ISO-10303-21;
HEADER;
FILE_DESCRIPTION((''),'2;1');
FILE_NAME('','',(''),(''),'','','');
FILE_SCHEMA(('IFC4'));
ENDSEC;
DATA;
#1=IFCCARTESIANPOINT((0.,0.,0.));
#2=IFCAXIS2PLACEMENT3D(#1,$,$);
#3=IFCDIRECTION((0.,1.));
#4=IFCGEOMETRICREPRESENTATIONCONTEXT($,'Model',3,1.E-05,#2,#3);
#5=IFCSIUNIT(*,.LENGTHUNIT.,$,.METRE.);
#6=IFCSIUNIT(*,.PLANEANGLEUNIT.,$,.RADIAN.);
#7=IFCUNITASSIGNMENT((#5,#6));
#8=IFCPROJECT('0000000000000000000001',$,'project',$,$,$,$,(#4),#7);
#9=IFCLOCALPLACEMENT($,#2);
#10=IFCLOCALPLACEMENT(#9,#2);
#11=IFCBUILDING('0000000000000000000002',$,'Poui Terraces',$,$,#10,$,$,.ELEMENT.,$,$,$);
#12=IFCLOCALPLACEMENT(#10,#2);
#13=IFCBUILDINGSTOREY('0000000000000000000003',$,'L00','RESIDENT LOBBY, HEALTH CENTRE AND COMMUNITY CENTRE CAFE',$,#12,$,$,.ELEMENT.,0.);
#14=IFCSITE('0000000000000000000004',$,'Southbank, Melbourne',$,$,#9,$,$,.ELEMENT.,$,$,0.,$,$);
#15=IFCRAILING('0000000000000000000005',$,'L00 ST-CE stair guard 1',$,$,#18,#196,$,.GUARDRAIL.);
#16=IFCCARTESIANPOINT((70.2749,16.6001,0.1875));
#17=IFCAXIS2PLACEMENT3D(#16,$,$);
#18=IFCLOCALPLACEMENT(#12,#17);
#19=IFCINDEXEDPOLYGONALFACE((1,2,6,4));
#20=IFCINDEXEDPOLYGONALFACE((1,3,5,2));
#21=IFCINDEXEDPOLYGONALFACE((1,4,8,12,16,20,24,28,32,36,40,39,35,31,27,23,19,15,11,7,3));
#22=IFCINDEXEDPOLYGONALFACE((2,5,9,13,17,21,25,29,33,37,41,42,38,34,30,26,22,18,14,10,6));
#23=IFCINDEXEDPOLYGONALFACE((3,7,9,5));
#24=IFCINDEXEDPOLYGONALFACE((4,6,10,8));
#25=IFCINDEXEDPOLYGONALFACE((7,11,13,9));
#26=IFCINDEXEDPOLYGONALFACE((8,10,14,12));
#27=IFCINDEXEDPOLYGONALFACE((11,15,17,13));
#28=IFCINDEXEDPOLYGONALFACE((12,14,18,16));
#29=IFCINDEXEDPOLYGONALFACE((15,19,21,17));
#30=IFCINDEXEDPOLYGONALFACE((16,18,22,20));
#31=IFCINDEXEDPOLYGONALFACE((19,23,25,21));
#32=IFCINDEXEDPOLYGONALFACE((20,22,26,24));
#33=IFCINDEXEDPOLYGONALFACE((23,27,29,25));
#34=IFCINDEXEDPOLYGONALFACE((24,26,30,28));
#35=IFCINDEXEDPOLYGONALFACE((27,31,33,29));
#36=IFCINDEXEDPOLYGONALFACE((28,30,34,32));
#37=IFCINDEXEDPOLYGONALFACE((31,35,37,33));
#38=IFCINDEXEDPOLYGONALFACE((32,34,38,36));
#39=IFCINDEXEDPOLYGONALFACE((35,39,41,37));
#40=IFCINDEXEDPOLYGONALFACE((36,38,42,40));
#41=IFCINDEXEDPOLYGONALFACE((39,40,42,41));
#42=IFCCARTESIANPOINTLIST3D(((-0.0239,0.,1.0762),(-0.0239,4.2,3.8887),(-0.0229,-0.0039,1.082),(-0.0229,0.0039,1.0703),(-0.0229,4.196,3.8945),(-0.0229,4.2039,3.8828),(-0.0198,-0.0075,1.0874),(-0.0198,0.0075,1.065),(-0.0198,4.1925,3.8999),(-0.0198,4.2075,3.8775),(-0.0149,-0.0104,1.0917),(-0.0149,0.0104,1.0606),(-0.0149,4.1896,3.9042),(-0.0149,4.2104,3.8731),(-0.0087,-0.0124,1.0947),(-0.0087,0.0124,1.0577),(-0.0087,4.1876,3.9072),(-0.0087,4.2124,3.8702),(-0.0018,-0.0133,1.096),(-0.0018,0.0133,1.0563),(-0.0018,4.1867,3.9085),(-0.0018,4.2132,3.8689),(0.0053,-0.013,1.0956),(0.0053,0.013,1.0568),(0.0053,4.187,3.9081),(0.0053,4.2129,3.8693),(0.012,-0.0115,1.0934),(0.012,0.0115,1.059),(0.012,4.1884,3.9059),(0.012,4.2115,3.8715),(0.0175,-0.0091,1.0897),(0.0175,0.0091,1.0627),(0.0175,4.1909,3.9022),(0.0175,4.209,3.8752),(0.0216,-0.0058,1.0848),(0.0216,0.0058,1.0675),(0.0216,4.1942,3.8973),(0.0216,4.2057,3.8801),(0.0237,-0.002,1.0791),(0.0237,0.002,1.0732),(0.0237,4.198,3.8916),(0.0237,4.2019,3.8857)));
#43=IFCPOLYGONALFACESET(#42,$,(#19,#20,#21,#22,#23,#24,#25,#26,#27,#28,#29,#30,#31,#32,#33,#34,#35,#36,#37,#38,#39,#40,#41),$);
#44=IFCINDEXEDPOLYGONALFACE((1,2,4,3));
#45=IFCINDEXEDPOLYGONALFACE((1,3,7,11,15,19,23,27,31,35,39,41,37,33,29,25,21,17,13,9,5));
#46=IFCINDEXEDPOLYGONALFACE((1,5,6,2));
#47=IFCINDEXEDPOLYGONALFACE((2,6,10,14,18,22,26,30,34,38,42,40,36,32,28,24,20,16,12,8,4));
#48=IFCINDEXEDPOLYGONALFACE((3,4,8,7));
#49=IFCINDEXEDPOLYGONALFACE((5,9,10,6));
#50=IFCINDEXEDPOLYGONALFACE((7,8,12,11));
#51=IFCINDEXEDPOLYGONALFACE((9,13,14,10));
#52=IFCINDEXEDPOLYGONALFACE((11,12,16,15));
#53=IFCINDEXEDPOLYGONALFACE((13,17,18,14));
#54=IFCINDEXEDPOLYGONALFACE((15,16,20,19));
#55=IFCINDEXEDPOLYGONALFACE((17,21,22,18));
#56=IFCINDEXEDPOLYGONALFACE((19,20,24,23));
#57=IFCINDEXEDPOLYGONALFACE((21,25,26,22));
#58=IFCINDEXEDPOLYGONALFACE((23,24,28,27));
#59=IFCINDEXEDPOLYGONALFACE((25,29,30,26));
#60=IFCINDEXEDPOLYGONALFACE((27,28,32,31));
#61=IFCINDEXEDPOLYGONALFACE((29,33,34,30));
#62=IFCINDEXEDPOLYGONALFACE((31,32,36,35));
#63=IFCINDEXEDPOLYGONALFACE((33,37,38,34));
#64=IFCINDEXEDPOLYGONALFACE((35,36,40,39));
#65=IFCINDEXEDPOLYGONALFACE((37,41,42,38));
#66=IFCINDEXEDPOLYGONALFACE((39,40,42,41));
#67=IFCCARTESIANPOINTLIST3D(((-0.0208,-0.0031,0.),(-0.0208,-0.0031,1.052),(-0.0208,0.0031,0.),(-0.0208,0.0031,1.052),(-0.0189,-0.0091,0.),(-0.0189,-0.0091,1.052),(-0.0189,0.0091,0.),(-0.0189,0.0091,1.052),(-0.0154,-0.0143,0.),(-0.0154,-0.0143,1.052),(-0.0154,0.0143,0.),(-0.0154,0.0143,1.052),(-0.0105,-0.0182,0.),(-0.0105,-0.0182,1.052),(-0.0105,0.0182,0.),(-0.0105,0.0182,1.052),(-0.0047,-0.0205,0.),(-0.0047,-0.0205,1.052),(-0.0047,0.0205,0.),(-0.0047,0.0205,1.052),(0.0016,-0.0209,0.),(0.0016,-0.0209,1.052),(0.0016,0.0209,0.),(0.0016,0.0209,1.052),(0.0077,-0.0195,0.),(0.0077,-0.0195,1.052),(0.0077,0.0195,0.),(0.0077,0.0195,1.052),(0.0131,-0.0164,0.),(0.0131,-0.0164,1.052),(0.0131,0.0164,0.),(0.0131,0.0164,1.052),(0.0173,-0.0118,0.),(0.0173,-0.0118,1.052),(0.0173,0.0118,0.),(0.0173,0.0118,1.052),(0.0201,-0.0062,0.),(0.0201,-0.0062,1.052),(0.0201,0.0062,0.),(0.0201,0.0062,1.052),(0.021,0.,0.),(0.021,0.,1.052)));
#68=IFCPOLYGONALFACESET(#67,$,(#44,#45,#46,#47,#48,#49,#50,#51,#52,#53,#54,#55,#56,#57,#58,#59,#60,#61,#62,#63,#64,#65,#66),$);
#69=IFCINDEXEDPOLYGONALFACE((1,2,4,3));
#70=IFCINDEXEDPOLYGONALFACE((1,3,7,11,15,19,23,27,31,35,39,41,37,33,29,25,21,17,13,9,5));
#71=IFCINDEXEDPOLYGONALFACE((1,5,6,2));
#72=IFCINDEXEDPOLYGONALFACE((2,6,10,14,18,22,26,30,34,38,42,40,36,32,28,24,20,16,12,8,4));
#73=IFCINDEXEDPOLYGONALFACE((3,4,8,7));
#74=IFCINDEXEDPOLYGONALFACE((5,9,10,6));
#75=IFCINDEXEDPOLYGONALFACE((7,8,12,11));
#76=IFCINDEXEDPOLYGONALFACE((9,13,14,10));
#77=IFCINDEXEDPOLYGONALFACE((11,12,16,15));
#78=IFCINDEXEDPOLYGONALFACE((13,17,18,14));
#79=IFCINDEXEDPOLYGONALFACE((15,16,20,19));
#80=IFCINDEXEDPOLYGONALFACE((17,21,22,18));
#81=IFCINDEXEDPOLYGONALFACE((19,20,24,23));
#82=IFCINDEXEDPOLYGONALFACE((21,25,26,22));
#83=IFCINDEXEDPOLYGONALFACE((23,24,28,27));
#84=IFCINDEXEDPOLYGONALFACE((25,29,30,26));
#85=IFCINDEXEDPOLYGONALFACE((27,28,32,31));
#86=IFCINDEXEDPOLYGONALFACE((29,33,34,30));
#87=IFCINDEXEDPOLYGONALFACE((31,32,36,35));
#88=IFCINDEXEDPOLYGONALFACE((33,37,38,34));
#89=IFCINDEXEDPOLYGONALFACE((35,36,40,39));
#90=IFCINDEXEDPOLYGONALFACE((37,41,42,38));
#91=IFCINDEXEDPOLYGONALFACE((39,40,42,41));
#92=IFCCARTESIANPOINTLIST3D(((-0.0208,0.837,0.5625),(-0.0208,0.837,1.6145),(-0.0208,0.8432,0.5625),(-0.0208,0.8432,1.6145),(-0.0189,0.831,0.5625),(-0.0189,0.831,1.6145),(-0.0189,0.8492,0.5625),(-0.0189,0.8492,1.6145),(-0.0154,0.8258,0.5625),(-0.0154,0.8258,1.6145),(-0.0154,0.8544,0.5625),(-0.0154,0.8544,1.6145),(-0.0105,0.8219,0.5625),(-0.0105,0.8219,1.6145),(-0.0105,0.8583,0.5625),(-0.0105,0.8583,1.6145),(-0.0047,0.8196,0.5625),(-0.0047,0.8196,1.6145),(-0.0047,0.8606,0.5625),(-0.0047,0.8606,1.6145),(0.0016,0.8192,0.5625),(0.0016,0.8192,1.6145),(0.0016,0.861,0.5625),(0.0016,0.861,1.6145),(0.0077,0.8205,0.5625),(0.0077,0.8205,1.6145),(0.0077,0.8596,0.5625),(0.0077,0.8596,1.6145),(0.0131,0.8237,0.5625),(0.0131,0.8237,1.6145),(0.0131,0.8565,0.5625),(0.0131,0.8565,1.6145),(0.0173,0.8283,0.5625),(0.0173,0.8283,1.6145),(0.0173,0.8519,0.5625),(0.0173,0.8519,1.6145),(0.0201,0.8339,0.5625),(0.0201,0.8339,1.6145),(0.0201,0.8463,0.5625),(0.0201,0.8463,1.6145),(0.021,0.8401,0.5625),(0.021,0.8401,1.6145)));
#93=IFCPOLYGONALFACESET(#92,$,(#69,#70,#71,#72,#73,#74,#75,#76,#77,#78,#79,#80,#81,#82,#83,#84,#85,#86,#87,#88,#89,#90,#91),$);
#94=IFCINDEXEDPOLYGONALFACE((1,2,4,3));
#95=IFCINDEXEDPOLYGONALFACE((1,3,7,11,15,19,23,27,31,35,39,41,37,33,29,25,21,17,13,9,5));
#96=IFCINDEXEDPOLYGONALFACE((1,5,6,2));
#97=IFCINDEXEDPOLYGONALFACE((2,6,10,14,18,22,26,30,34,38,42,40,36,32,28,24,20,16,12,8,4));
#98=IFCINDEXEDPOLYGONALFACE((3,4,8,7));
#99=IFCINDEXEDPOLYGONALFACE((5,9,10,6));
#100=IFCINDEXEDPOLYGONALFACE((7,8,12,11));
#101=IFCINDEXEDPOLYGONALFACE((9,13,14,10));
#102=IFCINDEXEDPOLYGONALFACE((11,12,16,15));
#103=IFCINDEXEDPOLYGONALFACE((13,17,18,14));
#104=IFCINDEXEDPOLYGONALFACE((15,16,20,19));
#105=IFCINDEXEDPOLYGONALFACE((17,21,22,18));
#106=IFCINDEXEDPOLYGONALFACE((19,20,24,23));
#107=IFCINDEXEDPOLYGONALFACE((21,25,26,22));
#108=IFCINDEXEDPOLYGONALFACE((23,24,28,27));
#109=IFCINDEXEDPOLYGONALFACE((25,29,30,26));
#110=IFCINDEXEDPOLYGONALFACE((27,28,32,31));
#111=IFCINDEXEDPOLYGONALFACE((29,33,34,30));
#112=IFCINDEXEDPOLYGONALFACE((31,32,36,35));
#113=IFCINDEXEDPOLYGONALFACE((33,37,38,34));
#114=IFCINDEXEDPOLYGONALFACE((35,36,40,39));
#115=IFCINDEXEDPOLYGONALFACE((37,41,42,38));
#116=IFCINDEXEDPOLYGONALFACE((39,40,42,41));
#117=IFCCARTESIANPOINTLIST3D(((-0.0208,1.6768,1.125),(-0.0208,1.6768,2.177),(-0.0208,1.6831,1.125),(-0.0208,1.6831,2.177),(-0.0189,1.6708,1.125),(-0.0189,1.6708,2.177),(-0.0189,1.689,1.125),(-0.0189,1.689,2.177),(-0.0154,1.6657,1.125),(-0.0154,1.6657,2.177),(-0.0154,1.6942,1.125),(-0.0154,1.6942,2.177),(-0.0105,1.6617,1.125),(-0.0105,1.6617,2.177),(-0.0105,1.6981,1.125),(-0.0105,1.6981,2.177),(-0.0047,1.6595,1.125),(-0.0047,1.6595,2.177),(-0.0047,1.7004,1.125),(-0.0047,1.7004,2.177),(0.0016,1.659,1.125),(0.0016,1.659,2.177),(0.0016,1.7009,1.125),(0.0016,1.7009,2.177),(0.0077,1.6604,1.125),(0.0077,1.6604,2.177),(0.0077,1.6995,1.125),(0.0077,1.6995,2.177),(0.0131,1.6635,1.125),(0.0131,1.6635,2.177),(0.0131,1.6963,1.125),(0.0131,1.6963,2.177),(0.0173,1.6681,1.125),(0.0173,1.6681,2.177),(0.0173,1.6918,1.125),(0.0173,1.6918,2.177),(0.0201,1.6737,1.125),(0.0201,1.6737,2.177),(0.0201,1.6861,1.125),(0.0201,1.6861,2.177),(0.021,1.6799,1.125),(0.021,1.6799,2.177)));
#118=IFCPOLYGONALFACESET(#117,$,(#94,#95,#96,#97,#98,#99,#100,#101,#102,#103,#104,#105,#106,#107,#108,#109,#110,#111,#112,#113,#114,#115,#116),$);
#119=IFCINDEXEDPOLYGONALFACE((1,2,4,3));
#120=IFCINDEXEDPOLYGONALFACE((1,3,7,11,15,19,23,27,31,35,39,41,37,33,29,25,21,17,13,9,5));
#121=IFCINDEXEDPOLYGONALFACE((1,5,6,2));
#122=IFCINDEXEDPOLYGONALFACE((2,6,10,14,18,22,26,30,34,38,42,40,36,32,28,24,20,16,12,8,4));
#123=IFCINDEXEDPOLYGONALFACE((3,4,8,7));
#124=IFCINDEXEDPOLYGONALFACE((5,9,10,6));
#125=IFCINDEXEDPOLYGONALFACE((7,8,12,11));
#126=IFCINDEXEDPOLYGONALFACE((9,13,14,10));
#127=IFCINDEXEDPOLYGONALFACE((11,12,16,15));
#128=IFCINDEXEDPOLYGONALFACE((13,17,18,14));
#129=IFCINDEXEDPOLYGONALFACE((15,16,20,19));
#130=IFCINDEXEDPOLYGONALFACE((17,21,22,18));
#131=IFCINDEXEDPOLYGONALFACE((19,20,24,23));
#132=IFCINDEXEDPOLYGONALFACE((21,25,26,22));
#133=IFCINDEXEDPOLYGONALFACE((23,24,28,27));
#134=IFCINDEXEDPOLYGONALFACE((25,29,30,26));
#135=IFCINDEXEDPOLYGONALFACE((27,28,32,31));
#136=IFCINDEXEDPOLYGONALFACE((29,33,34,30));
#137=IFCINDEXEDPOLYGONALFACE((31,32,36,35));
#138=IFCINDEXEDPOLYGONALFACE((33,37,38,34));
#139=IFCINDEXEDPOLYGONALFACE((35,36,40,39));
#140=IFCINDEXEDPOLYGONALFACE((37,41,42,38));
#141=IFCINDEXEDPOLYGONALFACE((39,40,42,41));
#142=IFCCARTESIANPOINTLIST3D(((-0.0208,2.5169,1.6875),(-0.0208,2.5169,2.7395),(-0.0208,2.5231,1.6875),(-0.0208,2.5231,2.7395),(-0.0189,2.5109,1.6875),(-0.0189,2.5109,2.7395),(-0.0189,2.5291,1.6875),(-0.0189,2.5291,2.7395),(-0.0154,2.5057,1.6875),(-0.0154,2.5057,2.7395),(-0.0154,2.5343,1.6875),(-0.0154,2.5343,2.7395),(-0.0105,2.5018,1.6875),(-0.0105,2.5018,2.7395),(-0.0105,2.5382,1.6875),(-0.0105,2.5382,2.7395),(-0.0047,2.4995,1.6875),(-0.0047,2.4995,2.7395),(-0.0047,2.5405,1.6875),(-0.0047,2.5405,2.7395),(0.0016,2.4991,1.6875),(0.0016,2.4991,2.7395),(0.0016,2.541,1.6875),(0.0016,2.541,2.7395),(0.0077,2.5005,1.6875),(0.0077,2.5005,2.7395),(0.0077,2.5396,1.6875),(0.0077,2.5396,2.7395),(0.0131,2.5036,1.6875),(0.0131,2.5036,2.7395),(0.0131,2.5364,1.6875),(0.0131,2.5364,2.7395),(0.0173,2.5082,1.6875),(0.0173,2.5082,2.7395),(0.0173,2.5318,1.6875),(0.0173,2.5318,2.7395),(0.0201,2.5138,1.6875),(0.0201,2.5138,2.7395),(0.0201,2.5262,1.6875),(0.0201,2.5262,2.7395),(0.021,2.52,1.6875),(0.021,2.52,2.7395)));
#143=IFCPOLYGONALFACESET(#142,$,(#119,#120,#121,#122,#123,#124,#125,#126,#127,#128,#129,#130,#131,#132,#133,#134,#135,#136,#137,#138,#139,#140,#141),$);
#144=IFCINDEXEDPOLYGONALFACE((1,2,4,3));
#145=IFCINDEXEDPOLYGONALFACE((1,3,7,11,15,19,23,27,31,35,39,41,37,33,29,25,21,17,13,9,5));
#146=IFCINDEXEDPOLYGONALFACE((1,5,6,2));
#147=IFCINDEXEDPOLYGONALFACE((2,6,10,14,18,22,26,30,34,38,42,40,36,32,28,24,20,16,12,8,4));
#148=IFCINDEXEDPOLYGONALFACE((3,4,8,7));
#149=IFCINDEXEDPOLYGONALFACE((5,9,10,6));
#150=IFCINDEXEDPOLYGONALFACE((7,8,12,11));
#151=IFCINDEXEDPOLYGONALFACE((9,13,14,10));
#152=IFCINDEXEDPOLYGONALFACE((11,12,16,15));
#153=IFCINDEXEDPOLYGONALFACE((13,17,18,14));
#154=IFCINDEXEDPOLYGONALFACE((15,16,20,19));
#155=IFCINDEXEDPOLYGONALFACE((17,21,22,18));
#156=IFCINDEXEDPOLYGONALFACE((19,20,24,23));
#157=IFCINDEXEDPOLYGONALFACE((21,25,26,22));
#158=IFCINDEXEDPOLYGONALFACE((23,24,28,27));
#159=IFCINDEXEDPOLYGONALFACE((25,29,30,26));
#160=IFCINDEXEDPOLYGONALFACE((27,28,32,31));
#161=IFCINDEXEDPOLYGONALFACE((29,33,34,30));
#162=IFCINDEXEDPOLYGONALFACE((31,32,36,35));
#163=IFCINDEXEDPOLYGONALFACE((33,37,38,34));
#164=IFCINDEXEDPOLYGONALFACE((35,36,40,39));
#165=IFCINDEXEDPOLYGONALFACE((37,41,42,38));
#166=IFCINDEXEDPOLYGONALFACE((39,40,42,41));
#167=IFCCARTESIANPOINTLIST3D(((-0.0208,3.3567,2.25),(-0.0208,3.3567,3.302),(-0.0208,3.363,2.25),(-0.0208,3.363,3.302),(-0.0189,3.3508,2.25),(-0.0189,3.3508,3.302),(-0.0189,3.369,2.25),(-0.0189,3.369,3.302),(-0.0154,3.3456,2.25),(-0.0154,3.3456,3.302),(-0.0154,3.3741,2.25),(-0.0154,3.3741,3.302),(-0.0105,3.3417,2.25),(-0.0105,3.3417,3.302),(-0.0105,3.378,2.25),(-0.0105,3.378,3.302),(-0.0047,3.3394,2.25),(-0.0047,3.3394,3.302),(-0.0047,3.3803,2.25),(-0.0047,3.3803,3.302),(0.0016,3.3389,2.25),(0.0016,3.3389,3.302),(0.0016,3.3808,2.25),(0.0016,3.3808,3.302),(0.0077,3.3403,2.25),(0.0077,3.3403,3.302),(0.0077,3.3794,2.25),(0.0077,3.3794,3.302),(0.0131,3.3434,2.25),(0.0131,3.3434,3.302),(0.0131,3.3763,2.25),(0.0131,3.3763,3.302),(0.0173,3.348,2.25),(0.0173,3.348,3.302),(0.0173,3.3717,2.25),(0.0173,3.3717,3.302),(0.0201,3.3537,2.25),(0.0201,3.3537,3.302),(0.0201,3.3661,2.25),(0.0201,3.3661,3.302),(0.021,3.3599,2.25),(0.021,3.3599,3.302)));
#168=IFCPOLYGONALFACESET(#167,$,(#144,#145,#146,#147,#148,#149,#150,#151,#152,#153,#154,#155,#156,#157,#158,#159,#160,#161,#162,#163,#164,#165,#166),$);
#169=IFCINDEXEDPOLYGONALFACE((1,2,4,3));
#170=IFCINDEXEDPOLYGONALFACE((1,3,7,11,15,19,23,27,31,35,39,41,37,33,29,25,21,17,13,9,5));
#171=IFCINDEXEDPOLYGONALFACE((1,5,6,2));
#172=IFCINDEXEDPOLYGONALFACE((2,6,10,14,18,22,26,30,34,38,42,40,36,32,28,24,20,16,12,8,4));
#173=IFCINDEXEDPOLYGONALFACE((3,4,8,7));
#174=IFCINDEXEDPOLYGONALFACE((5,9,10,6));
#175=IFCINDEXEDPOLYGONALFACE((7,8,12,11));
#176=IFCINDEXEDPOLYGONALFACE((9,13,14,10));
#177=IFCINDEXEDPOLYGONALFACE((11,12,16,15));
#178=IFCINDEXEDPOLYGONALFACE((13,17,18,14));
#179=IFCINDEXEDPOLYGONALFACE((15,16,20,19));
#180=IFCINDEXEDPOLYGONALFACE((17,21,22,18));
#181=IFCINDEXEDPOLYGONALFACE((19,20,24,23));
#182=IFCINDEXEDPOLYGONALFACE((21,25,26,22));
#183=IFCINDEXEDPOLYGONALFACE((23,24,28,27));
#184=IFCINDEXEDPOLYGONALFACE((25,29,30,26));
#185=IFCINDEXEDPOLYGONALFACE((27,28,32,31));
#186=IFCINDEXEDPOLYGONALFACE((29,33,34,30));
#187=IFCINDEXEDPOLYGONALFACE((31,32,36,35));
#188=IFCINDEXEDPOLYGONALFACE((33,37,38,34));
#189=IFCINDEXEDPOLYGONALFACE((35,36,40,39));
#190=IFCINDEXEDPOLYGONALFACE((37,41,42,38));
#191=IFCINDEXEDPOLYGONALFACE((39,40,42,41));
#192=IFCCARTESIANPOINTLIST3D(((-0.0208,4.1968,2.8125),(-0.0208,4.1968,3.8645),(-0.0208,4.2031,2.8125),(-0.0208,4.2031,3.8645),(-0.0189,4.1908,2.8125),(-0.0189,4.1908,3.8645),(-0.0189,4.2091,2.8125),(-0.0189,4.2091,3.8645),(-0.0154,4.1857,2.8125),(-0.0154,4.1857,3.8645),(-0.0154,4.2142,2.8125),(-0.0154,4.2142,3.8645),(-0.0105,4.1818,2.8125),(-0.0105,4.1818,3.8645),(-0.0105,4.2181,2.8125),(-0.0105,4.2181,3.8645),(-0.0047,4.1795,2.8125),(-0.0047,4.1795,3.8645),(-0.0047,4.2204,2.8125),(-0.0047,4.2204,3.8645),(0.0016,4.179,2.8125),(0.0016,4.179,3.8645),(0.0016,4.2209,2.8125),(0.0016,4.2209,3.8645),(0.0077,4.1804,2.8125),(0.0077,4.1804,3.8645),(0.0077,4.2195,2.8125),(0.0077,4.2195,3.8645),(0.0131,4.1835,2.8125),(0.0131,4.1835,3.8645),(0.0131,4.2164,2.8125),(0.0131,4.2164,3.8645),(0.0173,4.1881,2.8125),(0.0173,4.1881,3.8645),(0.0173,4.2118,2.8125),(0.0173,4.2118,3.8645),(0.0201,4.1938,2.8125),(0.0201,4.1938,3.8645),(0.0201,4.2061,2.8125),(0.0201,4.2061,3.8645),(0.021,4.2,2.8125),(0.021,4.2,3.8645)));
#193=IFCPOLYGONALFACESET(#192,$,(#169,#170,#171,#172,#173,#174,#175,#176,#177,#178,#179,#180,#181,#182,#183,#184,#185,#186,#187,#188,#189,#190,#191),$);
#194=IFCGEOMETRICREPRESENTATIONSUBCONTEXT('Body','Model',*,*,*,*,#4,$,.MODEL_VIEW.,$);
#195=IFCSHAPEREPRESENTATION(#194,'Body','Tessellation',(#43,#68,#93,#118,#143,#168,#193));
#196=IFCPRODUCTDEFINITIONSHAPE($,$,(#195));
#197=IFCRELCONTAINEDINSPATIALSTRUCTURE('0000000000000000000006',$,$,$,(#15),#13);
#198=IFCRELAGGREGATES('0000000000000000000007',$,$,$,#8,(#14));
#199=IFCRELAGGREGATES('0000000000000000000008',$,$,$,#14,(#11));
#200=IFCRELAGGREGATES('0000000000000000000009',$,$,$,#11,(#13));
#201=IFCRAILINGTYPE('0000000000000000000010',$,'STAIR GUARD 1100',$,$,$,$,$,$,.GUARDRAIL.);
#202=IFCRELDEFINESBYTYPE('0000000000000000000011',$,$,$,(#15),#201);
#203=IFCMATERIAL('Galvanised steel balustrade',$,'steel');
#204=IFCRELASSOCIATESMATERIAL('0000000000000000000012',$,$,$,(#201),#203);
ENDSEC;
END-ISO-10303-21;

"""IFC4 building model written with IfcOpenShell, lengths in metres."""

from ifc_helpers import new_model, si_unit, direction, frame, origin, origin_2d, place, context, subcontext, project, spatial, circle, extrude, material, type_object, element, save


model = new_model("IFC4")

# Units and contexts
model_context = context("Model", 3, precision=1e-05, world=origin(), true_north=direction((0.0, 1.0)))
body_context = subcontext(model_context, "Body", "Model", "MODEL_VIEW")
ifc_project = project(units=[si_unit("LENGTHUNIT", "METRE"), si_unit("PLANEANGLEUNIT", "RADIAN")], contexts=[model_context])

# Site, building, storey
site_placement = place(None, origin())
site = spatial("IfcSite", under=ifc_project, at=site_placement, Name="Southbank, Melbourne", CompositionType="ELEMENT", RefElevation=0.0)
building_placement = place(site_placement, origin())
building = spatial("IfcBuilding", under=site, at=building_placement, Name="Poui Terraces", CompositionType="ELEMENT")
storey_placement = place(building_placement, origin())
storey = spatial("IfcBuildingStorey", under=building, at=storey_placement, Name="L00", Description="RESIDENT LOBBY, HEALTH CENTRE AND COMMUNITY CENTRE CAFE", CompositionType="ELEMENT", Elevation=0.0)

# Railing
ifc_material_1 = material(Name="Galvanised steel balustrade", Category="steel")
railing_type_1 = type_object("IfcRailingType", Name="STAIR GUARD 1100", PredefinedType="GUARDRAIL", material=ifc_material_1)
railing_1_placement = place(storey_placement, frame((70.2749, 16.6001, 0.1875)))
element("IfcRailing", 1, at=railing_1_placement, inside=storey, type_object=railing_type_1, Name="L00 ST-CE stair guard 1", PredefinedType="GUARDRAIL", context=body_context, shape_type="SweptSolid", body=[
    extrude(circle(Radius=0.0239, at=origin_2d()), frame((0.0, 0.0, 1.0762), z_axis=(0.0, 0.830904, 0.556416), x_axis=(-1.0, 0.0, 0.0)), (0.0, 0.0, 1.0), 5.0547),
    extrude(circle(Radius=0.021, at=origin_2d()), origin(), (0.0, 0.0, 1.0), 1.052),
    extrude(circle(Radius=0.021, at=origin_2d()), frame((0.0, 0.8401, 0.5625)), (0.0, 0.0, 1.0), 1.052),
    extrude(circle(Radius=0.021, at=origin_2d()), frame((0.0, 1.6799, 1.125)), (0.0, 0.0, 1.0), 1.052),
    extrude(circle(Radius=0.021, at=origin_2d()), frame((0.0, 2.52, 1.6875)), (0.0, 0.0, 1.0), 1.052),
    extrude(circle(Radius=0.021, at=origin_2d()), frame((0.0, 3.3599, 2.25)), (0.0, 0.0, 1.0), 1.052),
    extrude(circle(Radius=0.021, at=origin_2d()), frame((0.0, 4.2, 2.8125)), (0.0, 0.0, 1.0), 1.052),
])

save(model, "model.ifc")
